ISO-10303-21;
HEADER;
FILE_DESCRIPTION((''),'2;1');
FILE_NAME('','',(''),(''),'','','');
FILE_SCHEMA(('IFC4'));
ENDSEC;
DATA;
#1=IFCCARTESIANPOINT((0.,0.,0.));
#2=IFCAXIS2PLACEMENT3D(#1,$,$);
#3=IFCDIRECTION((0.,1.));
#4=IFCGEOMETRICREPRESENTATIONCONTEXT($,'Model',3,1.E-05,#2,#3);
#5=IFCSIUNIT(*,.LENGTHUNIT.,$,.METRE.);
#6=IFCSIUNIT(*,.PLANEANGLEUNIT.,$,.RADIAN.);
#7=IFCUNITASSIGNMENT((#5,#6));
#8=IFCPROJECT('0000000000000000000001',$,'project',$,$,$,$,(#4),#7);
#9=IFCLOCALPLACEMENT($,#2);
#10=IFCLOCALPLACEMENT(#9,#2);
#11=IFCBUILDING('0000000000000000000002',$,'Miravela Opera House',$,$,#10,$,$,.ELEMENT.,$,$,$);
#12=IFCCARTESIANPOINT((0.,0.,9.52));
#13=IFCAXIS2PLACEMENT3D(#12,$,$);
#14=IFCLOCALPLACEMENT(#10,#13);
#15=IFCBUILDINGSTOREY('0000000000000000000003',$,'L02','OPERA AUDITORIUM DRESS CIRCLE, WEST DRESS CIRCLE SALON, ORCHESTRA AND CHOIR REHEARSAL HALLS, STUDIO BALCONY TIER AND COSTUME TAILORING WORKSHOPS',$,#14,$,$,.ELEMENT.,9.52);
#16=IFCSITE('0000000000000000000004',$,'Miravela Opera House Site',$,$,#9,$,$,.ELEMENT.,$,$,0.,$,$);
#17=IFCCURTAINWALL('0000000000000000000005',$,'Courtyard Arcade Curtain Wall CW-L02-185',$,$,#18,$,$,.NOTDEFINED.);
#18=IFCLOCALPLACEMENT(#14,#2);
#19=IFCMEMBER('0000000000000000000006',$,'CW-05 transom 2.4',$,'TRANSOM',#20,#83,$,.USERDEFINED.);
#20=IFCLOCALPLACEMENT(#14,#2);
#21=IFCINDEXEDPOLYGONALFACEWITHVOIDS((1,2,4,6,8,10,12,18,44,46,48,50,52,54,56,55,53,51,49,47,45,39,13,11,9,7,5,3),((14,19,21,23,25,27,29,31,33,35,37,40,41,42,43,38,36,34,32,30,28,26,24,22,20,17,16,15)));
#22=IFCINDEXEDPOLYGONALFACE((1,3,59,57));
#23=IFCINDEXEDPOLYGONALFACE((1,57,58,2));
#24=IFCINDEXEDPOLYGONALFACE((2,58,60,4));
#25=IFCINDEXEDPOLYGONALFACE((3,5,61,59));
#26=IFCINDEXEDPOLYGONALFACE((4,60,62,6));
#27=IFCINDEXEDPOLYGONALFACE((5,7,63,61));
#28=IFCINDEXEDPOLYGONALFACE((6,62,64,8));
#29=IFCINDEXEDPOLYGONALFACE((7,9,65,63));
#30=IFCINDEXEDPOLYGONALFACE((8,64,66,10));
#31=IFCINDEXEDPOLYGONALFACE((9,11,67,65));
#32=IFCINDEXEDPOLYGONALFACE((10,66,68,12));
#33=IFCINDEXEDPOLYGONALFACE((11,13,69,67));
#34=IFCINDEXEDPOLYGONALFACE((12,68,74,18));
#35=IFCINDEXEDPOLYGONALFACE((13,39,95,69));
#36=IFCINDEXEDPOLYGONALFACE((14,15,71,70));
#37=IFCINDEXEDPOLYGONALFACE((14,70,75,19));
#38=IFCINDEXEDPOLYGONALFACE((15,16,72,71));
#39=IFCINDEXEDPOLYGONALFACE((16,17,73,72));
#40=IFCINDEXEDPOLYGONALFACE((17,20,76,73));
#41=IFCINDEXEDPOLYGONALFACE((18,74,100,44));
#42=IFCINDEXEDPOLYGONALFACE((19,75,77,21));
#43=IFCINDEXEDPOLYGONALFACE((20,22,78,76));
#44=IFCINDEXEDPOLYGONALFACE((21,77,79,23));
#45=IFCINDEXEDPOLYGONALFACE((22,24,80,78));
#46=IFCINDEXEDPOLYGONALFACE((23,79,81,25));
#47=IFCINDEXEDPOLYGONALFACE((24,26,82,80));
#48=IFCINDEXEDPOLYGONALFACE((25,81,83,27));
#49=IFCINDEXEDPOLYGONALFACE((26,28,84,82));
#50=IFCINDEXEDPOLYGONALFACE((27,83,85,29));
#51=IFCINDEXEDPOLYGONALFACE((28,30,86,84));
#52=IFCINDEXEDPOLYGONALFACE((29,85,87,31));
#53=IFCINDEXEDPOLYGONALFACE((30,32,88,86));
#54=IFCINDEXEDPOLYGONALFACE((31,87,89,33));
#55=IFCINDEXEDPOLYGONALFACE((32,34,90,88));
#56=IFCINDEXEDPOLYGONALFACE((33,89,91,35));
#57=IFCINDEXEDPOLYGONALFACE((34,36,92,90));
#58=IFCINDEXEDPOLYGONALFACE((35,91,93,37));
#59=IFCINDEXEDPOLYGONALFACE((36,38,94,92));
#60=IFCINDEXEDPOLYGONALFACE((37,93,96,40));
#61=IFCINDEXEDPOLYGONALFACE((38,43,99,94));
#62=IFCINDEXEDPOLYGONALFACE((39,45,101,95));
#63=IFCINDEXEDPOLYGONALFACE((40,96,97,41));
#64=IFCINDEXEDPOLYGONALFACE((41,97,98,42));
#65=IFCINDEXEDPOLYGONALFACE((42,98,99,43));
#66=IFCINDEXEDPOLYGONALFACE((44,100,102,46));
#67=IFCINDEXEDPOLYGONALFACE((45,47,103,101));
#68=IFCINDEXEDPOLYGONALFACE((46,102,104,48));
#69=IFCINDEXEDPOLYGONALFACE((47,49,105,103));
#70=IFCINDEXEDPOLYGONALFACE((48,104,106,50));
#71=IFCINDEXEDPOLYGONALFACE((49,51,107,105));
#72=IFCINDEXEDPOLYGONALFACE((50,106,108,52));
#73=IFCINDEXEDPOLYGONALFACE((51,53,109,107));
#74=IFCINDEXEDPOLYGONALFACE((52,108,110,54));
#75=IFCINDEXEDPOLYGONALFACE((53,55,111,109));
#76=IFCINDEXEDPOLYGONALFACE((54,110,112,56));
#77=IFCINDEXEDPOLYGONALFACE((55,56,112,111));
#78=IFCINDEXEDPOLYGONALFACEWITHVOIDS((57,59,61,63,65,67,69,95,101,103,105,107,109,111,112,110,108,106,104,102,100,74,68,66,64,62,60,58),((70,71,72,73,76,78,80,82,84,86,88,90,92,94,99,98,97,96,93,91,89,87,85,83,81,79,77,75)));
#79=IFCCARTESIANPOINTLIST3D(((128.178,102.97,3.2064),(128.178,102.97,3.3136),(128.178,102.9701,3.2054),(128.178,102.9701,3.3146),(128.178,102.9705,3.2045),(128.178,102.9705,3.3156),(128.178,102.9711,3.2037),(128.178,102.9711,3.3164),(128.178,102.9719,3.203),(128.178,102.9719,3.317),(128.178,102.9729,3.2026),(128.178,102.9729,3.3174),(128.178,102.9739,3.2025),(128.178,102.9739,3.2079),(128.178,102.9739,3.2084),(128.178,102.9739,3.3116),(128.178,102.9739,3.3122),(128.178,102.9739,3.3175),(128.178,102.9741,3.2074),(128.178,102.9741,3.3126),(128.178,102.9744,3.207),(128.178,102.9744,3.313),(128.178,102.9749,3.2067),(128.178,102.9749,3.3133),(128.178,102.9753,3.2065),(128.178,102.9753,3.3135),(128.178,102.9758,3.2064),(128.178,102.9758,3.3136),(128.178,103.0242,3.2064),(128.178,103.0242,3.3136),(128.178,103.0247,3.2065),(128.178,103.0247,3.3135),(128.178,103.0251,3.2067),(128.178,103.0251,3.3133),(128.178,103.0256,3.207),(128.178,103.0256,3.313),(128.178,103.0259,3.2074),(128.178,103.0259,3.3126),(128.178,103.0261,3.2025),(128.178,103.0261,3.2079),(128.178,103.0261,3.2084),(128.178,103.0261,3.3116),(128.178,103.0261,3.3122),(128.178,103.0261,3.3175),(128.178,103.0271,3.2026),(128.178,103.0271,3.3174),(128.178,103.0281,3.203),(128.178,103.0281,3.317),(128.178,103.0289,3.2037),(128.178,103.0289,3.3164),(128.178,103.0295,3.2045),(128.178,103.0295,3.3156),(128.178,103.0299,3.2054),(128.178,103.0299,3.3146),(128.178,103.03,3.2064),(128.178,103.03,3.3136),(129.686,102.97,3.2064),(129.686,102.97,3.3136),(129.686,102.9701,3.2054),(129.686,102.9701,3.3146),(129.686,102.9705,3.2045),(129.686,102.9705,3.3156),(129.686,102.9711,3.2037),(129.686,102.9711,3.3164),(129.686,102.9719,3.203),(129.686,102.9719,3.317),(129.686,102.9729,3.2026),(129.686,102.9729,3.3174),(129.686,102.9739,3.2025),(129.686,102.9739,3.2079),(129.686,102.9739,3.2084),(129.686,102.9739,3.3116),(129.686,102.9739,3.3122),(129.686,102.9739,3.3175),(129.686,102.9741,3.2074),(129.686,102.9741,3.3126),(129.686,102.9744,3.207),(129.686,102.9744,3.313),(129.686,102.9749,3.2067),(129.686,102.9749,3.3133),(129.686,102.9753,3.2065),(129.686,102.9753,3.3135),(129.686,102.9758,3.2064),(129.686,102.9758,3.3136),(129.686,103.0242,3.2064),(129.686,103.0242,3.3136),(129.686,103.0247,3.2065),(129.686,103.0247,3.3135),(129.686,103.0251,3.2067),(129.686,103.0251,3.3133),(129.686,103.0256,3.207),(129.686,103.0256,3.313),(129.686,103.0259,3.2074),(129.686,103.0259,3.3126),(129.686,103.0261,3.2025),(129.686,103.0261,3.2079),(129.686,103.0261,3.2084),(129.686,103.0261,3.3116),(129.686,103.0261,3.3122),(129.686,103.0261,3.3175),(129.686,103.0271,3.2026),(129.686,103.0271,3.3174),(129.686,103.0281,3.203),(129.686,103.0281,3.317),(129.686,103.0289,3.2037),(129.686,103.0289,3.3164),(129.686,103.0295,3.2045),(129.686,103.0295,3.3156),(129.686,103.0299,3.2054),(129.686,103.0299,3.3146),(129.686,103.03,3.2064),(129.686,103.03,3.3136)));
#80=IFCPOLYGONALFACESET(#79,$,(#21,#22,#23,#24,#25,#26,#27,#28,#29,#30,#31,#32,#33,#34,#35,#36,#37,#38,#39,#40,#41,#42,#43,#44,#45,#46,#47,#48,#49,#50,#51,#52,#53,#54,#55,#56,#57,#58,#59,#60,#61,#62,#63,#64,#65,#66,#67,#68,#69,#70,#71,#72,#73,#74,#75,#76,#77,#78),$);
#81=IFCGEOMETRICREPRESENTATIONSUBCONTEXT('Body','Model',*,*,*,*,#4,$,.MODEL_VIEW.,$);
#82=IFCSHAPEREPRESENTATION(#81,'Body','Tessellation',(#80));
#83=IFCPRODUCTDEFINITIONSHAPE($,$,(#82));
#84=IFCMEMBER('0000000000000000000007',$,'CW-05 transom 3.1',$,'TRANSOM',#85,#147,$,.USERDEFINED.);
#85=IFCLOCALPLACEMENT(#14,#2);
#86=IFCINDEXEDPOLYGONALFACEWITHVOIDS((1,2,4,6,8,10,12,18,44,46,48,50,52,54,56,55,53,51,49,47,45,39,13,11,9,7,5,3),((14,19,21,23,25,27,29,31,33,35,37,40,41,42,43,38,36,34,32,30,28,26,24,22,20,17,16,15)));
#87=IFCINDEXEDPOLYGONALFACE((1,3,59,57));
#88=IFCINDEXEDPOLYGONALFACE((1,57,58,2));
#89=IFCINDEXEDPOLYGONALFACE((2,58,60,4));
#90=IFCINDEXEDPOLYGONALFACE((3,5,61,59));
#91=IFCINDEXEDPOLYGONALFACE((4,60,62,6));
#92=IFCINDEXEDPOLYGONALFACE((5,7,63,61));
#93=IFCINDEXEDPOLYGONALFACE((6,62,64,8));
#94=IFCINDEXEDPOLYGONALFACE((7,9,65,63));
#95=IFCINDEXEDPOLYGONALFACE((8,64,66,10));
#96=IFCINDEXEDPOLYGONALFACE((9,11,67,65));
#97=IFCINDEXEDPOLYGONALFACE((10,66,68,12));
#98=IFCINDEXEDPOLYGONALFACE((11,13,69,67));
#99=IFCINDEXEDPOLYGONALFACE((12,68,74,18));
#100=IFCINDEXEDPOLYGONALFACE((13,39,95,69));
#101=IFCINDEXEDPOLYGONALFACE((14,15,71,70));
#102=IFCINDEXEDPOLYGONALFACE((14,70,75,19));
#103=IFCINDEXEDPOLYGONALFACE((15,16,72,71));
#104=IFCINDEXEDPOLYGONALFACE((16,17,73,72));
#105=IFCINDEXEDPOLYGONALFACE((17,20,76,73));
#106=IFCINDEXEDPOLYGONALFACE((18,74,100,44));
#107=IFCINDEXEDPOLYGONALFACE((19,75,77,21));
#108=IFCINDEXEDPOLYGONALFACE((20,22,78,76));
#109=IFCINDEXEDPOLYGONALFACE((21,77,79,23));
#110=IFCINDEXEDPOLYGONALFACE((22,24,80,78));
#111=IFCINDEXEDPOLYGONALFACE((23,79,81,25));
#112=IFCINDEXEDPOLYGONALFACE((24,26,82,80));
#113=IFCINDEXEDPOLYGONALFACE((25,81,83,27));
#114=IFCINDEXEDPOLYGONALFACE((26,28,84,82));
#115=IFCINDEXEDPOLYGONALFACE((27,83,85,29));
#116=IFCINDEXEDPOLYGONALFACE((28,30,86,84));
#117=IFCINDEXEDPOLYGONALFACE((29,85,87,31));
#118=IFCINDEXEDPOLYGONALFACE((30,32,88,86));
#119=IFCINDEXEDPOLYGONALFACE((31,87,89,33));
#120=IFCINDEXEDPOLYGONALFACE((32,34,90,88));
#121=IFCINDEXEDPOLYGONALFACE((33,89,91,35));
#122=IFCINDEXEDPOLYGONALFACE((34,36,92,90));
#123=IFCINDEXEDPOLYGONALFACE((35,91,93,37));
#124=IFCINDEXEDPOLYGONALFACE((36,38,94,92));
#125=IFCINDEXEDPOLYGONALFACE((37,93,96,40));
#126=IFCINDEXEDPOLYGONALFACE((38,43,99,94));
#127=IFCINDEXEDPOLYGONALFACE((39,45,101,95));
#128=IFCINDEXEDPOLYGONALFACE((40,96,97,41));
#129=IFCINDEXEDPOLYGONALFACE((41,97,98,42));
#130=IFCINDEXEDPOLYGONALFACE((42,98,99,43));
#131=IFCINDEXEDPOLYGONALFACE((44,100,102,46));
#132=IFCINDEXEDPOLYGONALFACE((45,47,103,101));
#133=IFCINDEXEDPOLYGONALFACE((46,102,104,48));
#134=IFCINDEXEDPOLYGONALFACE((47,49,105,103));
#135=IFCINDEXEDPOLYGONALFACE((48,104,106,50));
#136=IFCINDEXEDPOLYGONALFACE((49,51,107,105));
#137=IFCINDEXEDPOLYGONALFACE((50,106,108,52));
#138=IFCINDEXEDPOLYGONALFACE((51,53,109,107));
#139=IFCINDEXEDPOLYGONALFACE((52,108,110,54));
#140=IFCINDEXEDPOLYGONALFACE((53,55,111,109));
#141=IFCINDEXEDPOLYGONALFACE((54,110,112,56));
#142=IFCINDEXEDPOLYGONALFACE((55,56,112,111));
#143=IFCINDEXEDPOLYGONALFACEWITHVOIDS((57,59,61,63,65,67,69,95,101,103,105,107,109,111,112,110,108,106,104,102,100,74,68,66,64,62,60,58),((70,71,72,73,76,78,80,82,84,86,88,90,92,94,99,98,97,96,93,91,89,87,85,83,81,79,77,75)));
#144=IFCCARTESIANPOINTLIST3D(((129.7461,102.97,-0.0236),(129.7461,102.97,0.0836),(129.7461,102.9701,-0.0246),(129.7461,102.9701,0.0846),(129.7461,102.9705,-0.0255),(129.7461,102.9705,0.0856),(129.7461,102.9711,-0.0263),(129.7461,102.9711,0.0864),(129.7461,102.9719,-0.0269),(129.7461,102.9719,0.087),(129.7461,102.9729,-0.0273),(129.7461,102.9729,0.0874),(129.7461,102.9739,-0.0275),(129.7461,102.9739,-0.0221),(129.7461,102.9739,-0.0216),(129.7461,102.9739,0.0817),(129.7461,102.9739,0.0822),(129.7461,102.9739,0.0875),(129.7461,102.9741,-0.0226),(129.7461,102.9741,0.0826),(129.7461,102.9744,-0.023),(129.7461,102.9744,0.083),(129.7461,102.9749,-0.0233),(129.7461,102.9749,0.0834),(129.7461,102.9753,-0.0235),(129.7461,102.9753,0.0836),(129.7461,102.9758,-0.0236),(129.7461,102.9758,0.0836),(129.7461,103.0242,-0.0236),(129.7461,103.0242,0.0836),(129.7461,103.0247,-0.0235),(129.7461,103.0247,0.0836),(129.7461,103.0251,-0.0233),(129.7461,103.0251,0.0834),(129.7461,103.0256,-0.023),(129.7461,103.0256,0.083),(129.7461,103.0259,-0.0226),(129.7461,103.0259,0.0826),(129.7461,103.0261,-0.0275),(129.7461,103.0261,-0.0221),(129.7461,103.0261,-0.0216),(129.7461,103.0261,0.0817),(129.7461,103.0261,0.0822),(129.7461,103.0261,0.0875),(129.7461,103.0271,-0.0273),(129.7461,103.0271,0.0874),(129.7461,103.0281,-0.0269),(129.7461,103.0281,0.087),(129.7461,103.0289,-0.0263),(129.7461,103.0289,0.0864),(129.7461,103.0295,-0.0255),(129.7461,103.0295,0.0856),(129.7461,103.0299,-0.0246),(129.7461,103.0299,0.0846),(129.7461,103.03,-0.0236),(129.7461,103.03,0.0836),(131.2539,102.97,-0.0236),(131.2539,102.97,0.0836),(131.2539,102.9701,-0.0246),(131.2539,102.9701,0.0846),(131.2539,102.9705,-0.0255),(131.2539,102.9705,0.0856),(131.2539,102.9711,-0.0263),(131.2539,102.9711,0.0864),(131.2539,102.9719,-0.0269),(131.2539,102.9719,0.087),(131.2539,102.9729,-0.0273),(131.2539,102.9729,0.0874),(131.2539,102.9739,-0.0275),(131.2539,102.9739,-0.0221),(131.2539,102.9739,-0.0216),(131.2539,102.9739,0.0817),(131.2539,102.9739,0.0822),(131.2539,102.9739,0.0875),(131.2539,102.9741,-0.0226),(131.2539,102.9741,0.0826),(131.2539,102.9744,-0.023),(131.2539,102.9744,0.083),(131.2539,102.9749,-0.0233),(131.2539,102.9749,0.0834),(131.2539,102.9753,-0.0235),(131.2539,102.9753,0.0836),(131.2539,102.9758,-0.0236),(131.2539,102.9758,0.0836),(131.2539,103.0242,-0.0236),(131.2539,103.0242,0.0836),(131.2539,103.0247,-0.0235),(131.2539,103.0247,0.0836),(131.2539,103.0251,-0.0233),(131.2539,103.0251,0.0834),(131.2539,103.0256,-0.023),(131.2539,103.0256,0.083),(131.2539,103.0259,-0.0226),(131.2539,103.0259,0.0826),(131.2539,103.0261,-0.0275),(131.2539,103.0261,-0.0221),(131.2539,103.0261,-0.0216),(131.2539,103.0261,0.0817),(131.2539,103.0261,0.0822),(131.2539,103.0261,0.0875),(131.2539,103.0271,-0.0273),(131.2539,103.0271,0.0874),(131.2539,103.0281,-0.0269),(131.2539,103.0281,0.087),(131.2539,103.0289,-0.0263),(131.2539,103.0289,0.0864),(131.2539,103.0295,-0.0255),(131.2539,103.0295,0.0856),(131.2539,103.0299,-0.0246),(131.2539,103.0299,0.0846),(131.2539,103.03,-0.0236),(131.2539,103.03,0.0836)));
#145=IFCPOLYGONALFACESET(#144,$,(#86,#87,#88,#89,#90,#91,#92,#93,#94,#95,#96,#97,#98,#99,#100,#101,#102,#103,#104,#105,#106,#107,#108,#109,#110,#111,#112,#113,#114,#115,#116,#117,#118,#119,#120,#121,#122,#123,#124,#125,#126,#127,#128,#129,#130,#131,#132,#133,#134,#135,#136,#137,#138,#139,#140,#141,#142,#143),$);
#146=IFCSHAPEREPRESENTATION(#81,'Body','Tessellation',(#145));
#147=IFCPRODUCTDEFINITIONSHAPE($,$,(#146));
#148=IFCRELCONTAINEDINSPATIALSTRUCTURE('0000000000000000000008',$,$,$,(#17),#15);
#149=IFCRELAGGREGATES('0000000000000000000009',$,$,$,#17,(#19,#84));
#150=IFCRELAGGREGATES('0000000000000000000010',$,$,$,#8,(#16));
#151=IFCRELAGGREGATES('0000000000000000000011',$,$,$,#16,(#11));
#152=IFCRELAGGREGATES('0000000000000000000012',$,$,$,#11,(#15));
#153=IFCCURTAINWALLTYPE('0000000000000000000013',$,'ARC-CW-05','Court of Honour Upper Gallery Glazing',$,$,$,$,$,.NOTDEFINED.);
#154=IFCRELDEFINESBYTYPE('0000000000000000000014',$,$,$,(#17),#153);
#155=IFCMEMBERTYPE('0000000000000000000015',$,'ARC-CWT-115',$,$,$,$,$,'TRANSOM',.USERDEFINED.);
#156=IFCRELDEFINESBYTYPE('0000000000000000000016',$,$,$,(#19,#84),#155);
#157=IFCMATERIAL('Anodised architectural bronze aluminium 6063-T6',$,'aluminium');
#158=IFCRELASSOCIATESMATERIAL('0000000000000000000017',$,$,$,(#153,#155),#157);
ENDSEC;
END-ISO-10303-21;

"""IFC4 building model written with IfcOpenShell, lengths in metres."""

from ifc_helpers import new_model, si_unit, direction, frame, origin, origin_2d, place, context, subcontext, project, spatial, hollow_rectangle, extrude, material, material_profile, profile_set, type_object, element, aggregate, save


model = new_model("IFC4")

# Units and contexts
model_context = context("Model", 3, precision=1e-05, world=origin(), true_north=direction((0.0, 1.0)))
body_context = subcontext(model_context, "Body", "Model", "MODEL_VIEW")
ifc_project = project(units=[si_unit("LENGTHUNIT", "METRE"), si_unit("PLANEANGLEUNIT", "RADIAN")], contexts=[model_context])

# Site, building, storey
site_placement = place(None, origin())
site = spatial("IfcSite", under=ifc_project, at=site_placement, Name="Miravela Opera House Site", CompositionType="ELEMENT", RefElevation=0.0)
building_placement = place(site_placement, origin())
building = spatial("IfcBuilding", under=site, at=building_placement, Name="Miravela Opera House", CompositionType="ELEMENT")
storey_placement = place(building_placement, frame((0.0, 0.0, 9.52)))
storey = spatial("IfcBuildingStorey", under=building, at=storey_placement, Name="L02", Description="OPERA AUDITORIUM DRESS CIRCLE, WEST DRESS CIRCLE SALON, ORCHESTRA AND CHOIR REHEARSAL HALLS, STUDIO BALCONY TIER AND COSTUME TAILORING WORKSHOPS", CompositionType="ELEMENT", Elevation=9.52)

# Curtain wall, members
ifc_material_1 = material(Name="Anodised architectural bronze aluminium 6063-T6", Category="aluminium")
curtain_wall_type = type_object("IfcCurtainWallType", Name="ARC-CW-05", Description="Court of Honour Upper Gallery Glazing", PredefinedType="NOTDEFINED", material=ifc_material_1)
curtain_wall_placement = place(storey_placement, origin())
curtain_wall = element("IfcCurtainWall", 1, at=curtain_wall_placement, inside=storey, type_object=curtain_wall_type, Name="Courtyard Arcade Curtain Wall CW-L02-185", PredefinedType="NOTDEFINED")
ifc_material_profile_1 = material_profile(ifc_material_1, hollow_rectangle(XDim=0.0601, YDim=0.115, WallThickness=0.0039, InnerFilletRadius=0.002, OuterFilletRadius=0.0039, at=origin_2d()), Name="CWT-60X115")
ifc_profile_set_1 = profile_set([ifc_material_profile_1])
member_type_1 = type_object("IfcMemberType", Name="ARC-CWT-115", ElementType="TRANSOM", PredefinedType="USERDEFINED", material=ifc_profile_set_1)
member_1_placement = place(storey_placement, frame((128.178, 103.0, 3.26), z_axis=(1.0, 0.0, 0.0), x_axis=(0.0, 1.0, 0.0)))
member_1 = element("IfcMember", 2, at=member_1_placement, type_object=member_type_1, Name="CW-05 transom 2.4", ObjectType="TRANSOM", PredefinedType="USERDEFINED", context=body_context, shape_type="SweptSolid", body=[
    extrude(hollow_rectangle(XDim=0.0601, YDim=0.115, WallThickness=0.0039, InnerFilletRadius=0.002, OuterFilletRadius=0.0039, at=origin_2d()), origin(), (0.0, 0.0, 1.0), 1.5081),
])
member_2_placement = place(storey_placement, frame((129.7461, 103.0, 0.03), z_axis=(1.0, 0.0, 0.0), x_axis=(0.0, 1.0, 0.0)))
member_2 = element("IfcMember", 3, at=member_2_placement, type_object=member_type_1, Name="CW-05 transom 3.1", ObjectType="TRANSOM", PredefinedType="USERDEFINED", context=body_context, shape_type="SweptSolid", body=[
    extrude(hollow_rectangle(XDim=0.0601, YDim=0.115, WallThickness=0.0039, InnerFilletRadius=0.002, OuterFilletRadius=0.0039, at=origin_2d()), origin(), (0.0, 0.0, 1.0), 1.5078),
])

aggregate(curtain_wall, [member_1, member_2])

save(model, "model.ifc")
